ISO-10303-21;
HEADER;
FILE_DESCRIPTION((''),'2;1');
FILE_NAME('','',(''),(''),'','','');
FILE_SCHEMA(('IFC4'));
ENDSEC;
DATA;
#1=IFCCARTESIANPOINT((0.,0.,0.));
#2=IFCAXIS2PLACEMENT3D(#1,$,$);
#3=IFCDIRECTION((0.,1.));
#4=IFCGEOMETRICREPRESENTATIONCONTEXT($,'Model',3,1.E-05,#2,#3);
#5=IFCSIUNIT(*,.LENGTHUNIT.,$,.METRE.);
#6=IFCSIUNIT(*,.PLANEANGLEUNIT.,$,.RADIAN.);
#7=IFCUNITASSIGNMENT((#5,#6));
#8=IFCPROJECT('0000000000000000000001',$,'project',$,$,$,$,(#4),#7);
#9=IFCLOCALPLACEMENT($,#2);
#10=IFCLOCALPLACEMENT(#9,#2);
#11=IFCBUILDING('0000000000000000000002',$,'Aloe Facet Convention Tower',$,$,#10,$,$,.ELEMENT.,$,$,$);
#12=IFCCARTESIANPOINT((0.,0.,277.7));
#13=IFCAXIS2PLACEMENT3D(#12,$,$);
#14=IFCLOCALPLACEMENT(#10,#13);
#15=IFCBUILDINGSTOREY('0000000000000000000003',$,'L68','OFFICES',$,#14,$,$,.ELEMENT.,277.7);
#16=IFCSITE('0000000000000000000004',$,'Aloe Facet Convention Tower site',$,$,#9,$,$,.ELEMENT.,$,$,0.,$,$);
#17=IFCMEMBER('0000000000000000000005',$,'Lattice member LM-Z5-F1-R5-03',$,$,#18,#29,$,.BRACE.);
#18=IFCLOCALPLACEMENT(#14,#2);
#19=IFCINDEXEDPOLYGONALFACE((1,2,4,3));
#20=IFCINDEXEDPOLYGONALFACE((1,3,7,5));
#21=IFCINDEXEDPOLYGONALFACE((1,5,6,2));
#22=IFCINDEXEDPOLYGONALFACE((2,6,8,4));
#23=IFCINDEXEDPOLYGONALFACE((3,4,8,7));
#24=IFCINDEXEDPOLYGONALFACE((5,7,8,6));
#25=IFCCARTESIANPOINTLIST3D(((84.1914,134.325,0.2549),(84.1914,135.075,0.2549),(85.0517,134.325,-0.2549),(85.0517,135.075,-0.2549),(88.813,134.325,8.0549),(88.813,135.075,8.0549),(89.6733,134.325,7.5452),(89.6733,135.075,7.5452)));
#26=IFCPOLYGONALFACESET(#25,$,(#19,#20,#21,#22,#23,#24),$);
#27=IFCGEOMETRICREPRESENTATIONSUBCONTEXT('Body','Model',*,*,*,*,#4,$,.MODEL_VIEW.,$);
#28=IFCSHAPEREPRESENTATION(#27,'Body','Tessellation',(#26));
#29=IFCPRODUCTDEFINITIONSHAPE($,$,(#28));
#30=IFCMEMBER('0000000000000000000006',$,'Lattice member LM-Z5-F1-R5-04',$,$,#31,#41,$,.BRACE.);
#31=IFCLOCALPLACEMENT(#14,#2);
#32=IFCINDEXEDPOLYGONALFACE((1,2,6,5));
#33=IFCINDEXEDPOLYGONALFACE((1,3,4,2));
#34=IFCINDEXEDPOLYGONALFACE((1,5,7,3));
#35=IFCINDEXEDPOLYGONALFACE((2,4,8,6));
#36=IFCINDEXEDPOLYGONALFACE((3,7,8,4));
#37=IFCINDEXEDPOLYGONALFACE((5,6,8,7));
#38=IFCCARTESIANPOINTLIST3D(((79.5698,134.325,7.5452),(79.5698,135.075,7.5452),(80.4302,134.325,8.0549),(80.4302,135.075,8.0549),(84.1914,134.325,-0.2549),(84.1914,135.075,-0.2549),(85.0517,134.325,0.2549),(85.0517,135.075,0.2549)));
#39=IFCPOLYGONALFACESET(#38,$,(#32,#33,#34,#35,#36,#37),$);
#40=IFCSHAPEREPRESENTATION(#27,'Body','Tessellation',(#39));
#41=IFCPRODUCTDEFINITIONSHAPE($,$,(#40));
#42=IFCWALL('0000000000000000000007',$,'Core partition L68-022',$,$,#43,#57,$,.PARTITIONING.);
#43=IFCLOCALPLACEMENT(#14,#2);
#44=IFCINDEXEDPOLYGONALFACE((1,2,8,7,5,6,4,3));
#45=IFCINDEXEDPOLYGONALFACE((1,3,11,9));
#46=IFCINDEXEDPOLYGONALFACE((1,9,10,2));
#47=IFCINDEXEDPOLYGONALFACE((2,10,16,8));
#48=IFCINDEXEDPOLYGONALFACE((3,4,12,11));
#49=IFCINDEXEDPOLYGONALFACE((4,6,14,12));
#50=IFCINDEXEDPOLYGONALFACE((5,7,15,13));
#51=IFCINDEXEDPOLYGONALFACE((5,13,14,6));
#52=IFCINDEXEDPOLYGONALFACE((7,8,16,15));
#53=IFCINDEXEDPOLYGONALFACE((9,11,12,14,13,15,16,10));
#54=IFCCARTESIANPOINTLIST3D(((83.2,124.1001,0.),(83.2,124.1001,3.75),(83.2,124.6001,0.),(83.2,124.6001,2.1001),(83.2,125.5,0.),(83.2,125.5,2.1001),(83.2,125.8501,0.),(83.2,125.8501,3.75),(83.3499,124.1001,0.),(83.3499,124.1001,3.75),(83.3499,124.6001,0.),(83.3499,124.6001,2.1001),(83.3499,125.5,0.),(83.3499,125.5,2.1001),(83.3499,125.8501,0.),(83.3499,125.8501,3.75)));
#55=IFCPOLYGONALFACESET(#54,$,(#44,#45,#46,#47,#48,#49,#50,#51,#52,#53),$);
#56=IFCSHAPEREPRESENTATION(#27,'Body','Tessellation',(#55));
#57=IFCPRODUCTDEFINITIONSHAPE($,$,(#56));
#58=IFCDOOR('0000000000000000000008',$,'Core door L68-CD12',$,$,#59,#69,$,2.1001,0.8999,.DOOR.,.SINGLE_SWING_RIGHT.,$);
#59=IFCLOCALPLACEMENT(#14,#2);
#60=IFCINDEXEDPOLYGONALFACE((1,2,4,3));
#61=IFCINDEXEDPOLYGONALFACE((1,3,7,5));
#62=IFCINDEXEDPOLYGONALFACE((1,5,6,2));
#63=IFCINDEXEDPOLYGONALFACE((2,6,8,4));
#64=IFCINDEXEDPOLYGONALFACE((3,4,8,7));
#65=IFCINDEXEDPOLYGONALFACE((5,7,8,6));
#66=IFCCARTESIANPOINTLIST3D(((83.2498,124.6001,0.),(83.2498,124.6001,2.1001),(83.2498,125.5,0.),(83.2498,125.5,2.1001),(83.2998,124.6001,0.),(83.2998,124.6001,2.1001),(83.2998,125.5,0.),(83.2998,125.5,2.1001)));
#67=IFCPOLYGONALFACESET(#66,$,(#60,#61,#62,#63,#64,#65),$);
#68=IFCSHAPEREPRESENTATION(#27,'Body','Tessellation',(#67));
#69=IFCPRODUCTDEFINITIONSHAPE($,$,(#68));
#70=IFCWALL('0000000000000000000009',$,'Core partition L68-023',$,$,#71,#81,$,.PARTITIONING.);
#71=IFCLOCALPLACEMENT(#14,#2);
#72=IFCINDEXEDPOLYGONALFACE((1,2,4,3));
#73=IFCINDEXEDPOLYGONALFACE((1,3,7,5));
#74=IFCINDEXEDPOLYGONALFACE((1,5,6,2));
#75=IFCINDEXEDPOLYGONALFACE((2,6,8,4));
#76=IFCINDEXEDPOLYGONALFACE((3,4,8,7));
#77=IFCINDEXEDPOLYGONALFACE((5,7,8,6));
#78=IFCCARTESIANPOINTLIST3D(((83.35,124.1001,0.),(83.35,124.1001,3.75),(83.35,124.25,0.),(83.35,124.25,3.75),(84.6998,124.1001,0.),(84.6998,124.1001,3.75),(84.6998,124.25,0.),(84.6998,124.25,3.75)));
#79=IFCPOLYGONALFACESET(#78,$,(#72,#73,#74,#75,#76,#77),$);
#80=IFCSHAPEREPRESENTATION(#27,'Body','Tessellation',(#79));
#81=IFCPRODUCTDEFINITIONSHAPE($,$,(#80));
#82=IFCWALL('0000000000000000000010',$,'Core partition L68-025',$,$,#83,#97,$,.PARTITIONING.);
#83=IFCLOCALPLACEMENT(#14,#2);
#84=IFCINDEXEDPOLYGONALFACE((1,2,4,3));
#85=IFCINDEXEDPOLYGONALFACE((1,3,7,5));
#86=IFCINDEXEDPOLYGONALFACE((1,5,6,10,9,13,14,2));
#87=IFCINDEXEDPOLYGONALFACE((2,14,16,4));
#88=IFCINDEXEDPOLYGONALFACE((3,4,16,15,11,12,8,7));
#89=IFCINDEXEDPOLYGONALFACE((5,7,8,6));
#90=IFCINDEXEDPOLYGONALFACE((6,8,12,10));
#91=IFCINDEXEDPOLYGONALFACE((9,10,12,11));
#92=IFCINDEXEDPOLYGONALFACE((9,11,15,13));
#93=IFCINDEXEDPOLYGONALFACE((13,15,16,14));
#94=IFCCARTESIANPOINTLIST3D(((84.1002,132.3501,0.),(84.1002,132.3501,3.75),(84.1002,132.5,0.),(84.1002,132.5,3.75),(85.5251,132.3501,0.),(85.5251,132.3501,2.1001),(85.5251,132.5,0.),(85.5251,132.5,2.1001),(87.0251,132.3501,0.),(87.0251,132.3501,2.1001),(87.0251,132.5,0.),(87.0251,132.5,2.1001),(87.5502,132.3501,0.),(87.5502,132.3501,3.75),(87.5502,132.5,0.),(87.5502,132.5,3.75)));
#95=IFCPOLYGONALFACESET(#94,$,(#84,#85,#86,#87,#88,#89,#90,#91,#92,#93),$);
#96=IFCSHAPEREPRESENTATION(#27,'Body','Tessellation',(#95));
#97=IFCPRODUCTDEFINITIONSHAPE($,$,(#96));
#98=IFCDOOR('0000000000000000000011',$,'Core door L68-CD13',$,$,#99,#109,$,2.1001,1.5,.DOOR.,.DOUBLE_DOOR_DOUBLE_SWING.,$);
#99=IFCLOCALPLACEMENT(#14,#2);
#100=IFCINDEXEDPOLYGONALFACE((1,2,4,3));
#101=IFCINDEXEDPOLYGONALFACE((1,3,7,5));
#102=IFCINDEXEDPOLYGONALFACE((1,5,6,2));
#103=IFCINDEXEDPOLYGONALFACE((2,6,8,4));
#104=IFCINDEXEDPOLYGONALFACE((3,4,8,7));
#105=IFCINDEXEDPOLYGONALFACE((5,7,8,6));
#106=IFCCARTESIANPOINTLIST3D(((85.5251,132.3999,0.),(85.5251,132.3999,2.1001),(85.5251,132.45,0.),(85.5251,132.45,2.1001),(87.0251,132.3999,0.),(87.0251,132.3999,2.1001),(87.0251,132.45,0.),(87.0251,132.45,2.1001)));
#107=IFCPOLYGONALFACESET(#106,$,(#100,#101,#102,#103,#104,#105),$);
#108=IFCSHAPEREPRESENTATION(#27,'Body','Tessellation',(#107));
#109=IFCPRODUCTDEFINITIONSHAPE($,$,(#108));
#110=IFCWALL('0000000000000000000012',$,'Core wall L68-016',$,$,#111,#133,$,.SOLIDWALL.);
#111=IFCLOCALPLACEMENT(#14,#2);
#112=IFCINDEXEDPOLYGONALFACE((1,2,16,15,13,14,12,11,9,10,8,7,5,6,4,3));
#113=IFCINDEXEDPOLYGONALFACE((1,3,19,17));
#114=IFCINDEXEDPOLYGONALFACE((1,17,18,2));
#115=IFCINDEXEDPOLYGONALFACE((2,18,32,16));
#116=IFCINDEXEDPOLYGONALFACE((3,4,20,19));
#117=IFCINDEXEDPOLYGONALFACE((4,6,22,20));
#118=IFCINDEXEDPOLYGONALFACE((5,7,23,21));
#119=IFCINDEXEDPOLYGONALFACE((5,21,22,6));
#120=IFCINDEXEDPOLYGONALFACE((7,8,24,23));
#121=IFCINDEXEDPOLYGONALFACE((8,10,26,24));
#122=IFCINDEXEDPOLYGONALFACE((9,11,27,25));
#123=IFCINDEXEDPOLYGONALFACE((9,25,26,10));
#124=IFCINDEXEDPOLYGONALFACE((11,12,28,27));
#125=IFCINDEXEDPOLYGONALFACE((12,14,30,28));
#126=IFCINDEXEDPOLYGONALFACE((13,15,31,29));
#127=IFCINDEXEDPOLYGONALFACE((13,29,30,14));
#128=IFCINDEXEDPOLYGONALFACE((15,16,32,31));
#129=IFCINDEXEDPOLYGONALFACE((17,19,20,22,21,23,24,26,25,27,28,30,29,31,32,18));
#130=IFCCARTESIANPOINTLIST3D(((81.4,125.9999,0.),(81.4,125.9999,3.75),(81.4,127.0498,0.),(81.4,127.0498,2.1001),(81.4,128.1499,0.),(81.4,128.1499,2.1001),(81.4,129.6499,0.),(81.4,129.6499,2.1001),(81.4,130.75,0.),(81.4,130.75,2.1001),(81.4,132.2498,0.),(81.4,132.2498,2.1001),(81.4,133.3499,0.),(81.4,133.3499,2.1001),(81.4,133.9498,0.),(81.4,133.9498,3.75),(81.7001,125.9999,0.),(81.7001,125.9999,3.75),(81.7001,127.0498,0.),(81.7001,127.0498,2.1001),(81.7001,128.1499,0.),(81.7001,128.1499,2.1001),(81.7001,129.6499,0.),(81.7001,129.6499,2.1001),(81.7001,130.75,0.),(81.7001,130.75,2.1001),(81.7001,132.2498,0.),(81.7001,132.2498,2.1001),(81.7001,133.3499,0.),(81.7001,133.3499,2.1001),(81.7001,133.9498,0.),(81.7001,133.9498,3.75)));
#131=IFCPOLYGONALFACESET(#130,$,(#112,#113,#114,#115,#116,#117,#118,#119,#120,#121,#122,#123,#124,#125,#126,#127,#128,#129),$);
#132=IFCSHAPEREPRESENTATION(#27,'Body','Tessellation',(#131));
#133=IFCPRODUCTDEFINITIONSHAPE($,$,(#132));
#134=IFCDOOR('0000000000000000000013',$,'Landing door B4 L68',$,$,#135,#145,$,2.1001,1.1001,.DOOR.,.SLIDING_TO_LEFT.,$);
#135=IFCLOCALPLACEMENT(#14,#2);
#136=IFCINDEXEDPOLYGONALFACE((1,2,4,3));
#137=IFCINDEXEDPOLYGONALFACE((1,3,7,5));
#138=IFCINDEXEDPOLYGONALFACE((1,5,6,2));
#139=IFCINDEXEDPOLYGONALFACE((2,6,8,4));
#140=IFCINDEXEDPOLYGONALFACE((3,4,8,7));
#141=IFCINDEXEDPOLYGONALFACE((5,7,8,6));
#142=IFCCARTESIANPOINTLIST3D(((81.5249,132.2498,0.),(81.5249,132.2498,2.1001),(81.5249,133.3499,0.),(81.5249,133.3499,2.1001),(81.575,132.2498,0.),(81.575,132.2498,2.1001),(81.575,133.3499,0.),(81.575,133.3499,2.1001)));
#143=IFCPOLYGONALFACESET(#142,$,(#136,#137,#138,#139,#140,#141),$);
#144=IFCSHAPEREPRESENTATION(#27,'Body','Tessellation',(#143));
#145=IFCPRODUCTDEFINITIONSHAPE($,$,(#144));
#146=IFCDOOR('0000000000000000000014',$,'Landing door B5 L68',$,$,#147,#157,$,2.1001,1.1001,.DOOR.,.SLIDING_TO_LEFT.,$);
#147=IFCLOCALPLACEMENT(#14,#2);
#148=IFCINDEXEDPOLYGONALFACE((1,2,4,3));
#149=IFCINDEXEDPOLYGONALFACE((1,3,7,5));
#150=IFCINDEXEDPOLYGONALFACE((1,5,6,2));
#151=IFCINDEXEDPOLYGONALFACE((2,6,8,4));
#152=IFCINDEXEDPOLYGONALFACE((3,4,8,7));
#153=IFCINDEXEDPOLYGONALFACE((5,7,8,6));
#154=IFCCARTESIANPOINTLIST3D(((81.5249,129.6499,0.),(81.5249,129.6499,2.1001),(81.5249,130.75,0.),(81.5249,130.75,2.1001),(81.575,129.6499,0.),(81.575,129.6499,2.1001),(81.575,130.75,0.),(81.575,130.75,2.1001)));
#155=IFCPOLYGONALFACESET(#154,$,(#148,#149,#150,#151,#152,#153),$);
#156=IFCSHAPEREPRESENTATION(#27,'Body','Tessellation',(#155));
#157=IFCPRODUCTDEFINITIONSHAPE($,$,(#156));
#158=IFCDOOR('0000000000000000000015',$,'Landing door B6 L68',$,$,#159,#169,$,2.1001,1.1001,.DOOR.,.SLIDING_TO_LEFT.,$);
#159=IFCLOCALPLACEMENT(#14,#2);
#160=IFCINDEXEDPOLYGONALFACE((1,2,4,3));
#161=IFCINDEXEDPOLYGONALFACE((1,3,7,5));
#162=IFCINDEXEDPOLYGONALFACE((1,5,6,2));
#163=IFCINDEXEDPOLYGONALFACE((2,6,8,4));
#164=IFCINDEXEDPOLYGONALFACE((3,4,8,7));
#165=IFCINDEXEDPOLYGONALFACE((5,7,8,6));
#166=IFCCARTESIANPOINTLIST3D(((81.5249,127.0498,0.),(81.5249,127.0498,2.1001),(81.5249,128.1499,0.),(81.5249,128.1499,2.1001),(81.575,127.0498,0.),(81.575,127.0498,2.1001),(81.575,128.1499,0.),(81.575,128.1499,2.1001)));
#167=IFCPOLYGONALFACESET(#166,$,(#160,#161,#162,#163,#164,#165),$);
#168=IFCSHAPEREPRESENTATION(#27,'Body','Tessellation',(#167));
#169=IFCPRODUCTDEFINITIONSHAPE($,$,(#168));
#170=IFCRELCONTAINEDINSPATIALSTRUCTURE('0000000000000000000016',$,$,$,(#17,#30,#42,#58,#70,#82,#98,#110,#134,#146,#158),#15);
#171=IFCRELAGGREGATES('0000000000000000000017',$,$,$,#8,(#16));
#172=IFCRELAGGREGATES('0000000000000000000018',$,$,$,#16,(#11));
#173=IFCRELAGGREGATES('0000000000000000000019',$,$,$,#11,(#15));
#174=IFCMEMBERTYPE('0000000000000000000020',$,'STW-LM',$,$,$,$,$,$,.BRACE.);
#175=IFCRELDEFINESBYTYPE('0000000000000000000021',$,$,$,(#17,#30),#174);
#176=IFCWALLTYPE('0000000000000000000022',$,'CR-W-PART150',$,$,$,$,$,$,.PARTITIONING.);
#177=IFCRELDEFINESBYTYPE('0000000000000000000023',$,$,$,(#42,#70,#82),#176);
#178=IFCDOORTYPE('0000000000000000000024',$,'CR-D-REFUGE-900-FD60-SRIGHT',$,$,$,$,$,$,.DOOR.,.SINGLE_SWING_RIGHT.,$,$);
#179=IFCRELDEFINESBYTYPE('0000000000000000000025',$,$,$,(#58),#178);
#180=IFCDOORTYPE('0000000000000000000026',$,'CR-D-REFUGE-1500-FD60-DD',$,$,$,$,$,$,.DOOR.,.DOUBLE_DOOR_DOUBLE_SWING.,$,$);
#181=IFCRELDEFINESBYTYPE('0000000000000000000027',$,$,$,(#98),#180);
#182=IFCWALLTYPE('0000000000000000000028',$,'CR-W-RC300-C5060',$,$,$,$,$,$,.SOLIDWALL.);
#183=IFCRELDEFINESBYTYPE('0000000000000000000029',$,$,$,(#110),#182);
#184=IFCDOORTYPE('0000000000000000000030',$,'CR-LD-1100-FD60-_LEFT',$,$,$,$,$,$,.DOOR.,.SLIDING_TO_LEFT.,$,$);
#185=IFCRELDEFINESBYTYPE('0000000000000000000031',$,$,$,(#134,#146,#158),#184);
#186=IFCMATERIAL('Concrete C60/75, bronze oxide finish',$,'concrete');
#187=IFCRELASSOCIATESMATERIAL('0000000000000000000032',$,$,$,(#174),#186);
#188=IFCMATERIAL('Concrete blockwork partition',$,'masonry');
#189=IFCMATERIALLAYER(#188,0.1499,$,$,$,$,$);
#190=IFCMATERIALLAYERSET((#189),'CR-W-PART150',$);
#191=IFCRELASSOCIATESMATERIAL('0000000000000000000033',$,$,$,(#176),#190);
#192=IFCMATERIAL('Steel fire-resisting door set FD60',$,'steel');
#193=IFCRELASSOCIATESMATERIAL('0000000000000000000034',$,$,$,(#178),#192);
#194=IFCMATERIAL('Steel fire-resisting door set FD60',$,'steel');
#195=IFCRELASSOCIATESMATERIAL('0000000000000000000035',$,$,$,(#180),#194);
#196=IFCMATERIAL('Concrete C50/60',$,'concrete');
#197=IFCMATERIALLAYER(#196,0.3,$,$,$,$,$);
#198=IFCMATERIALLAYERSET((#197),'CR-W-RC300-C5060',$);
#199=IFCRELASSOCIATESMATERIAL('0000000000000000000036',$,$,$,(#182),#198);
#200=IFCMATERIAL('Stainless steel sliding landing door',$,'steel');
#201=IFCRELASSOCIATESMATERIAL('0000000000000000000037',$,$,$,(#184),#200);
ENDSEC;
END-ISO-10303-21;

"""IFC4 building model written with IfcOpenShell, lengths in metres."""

from ifc_helpers import new_model, si_unit, direction, frame, frame_2d, origin, origin_2d, place, context, subcontext, project, spatial, rectangle, extrude, material, layer, layer_set, material_profile, profile_set, type_object, element, fill, save


model = new_model("IFC4")

# Units and contexts
model_context = context("Model", 3, precision=1e-05, world=origin(), true_north=direction((0.0, 1.0)))
body_context = subcontext(model_context, "Body", "Model", "MODEL_VIEW")
ifc_project = project(units=[si_unit("LENGTHUNIT", "METRE"), si_unit("PLANEANGLEUNIT", "RADIAN")], contexts=[model_context])

# Site, building, storey
site_placement = place(None, origin())
site = spatial("IfcSite", under=ifc_project, at=site_placement, Name="Aloe Facet Convention Tower site", CompositionType="ELEMENT", RefElevation=0.0)
building_placement = place(site_placement, origin())
building = spatial("IfcBuilding", under=site, at=building_placement, Name="Aloe Facet Convention Tower", CompositionType="ELEMENT")
storey_placement = place(building_placement, frame((0.0, 0.0, 277.7)))
storey = spatial("IfcBuildingStorey", under=building, at=storey_placement, Name="L68", Description="OFFICES", CompositionType="ELEMENT", Elevation=277.7)

# Members
ifc_material_1 = material(Name="Concrete C60/75, bronze oxide finish", Category="concrete")
ifc_material_profile = material_profile(ifc_material_1, rectangle(XDim=0.75, YDim=1.0, at=origin_2d()), Name="STW-LM")
ifc_profile_set = profile_set([ifc_material_profile], Name="Concrete C60/75, bronze oxide finish")
member_type = type_object("IfcMemberType", Name="STW-LM", PredefinedType="BRACE", material=ifc_profile_set)
for number, where, z_axis, x_axis, name in (
    (1, (84.6216, 134.7, 0.0), (0.509748, 0.0, 0.860324), (0.0, 1.0, 0.0), "Lattice member LM-Z5-F1-R5-03"),
    (2, (84.6216, 134.7, 0.0), (-0.509748, 0.0, 0.860324), (0.0, -1.0, 0.0), "Lattice member LM-Z5-F1-R5-04"),
):
    element("IfcMember", number, at=place(storey_placement, frame(where, z_axis=z_axis, x_axis=x_axis)), inside=storey, type_object=member_type, Name=name, PredefinedType="BRACE", context=body_context, shape_type="SweptSolid", body=[
        extrude(rectangle(XDim=0.75, YDim=1.0, at=origin_2d()), origin(), (0.0, 0.0, 1.0), 9.0664),
    ])

# Wall, opening, door
ifc_material_2 = material(Name="Concrete blockwork partition", Category="masonry")
ifc_layer_1 = layer(ifc_material_2, 0.1499)
ifc_layer_set_1 = layer_set([ifc_layer_1], Name="CR-W-PART150")
wall_type_1 = type_object("IfcWallType", Name="CR-W-PART150", PredefinedType="PARTITIONING", material=ifc_layer_set_1)
wall_1_placement = place(storey_placement, frame((83.2749, 125.8501, 0.0), z_axis=(0.0, 0.0, 1.0), x_axis=(0.0, -1.0, 0.0)))
wall_1 = element("IfcWall", 3, at=wall_1_placement, inside=storey, type_object=wall_type_1, Name="Core partition L68-022", PredefinedType="PARTITIONING", context=body_context, shape_type="SweptSolid", body=[
    extrude(rectangle(XDim=1.75, YDim=0.1499, at=frame_2d((0.875, 0.0))), origin(), (0.0, 0.0, 1.0), 3.75),
])
opening_1_placement = place(wall_1_placement, frame((0.3501, 0.0, 0.0)))
opening_1 = element("IfcOpeningElement", 4, at=opening_1_placement, cuts=wall_1, PredefinedType="OPENING", context=body_context, shape_type="SweptSolid", body=[
    extrude(rectangle(XDim=0.8999, YDim=2.1001, at=frame_2d((0.45, 1.05))), frame((0.0, 0.085, 0.0), z_axis=(0.0, -1.0, 0.0), x_axis=(1.0, 0.0, 0.0)), (0.0, 0.0, 1.0), 0.1699),
])
ifc_material_3 = material(Name="Steel fire-resisting door set FD60", Category="steel")
door_type_1 = type_object("IfcDoorType", Name="CR-D-REFUGE-900-FD60-SRIGHT", OperationType="SINGLE_SWING_RIGHT", PredefinedType="DOOR", material=ifc_material_3)
door_1_placement = place(opening_1_placement, origin())
door_1 = element("IfcDoor", 5, at=door_1_placement, inside=storey, type_object=door_type_1, Name="Core door L68-CD12", OperationType="SINGLE_SWING_RIGHT", OverallHeight=2.1001, OverallWidth=0.8999, PredefinedType="DOOR", context=body_context, shape_type="SweptSolid", body=[
    extrude(rectangle(XDim=0.8999, YDim=2.1001, at=frame_2d((0.45, 1.05))), frame((0.0, 0.0249, 0.0), z_axis=(0.0, -1.0, 0.0), x_axis=(1.0, 0.0, 0.0)), (0.0, 0.0, 1.0), 0.05),
])
fill(opening_1, door_1)

# Wall
wall_2_placement = place(storey_placement, frame((83.3501, 124.175, 0.0), z_axis=(0.0, 0.0, 1.0), x_axis=(1.0, 0.0, 0.0)))
element("IfcWall", 6, at=wall_2_placement, inside=storey, type_object=wall_type_1, Name="Core partition L68-023", PredefinedType="PARTITIONING", context=body_context, shape_type="SweptSolid", body=[
    extrude(rectangle(XDim=1.3499, YDim=0.1499, at=frame_2d((0.6748, 0.0))), origin(), (0.0, 0.0, 1.0), 3.75),
])

# Wall, opening, door
wall_3_placement = place(storey_placement, frame((84.1001, 132.425, 0.0), z_axis=(0.0, 0.0, 1.0), x_axis=(1.0, 0.0, 0.0)))
wall_3 = element("IfcWall", 7, at=wall_3_placement, inside=storey, type_object=wall_type_1, Name="Core partition L68-025", PredefinedType="PARTITIONING", context=body_context, shape_type="SweptSolid", body=[
    extrude(rectangle(XDim=3.45, YDim=0.1499, at=frame_2d((1.7251, 0.0))), origin(), (0.0, 0.0, 1.0), 3.75),
])
opening_2_placement = place(wall_3_placement, frame((1.425, 0.0, 0.0)))
opening_2 = element("IfcOpeningElement", 8, at=opening_2_placement, cuts=wall_3, PredefinedType="OPENING", context=body_context, shape_type="SweptSolid", body=[
    extrude(rectangle(XDim=1.5, YDim=2.1001, at=frame_2d((0.75, 1.05))), frame((0.0, 0.085, 0.0), z_axis=(0.0, -1.0, 0.0), x_axis=(1.0, 0.0, 0.0)), (0.0, 0.0, 1.0), 0.1699),
])
ifc_material_4 = material(Name="Steel fire-resisting door set FD60", Category="steel")
door_type_2 = type_object("IfcDoorType", Name="CR-D-REFUGE-1500-FD60-DD", OperationType="DOUBLE_DOOR_DOUBLE_SWING", PredefinedType="DOOR", material=ifc_material_4)
door_2_placement = place(opening_2_placement, origin())
door_2 = element("IfcDoor", 9, at=door_2_placement, inside=storey, type_object=door_type_2, Name="Core door L68-CD13", OperationType="DOUBLE_DOOR_DOUBLE_SWING", OverallHeight=2.1001, OverallWidth=1.5, PredefinedType="DOOR", context=body_context, shape_type="SweptSolid", body=[
    extrude(rectangle(XDim=1.5, YDim=2.1001, at=frame_2d((0.75, 1.05))), frame((0.0, 0.0249, 0.0), z_axis=(0.0, -1.0, 0.0), x_axis=(1.0, 0.0, 0.0)), (0.0, 0.0, 1.0), 0.05),
])
fill(opening_2, door_2)

# Wall, openings, doors
ifc_material_5 = material(Name="Concrete C50/60", Category="concrete")
ifc_layer_2 = layer(ifc_material_5, 0.3)
ifc_layer_set_2 = layer_set([ifc_layer_2], Name="CR-W-RC300-C5060")
wall_type_2 = type_object("IfcWallType", Name="CR-W-RC300-C5060", PredefinedType="SOLIDWALL", material=ifc_layer_set_2)
wall_4_placement = place(storey_placement, frame((81.55, 133.95, 0.0), z_axis=(0.0, 0.0, 1.0), x_axis=(0.0, -1.0, 0.0)))
wall_4 = element("IfcWall", 10, at=wall_4_placement, inside=storey, type_object=wall_type_2, Name="Core wall L68-016", PredefinedType="SOLIDWALL", context=body_context, shape_type="SweptSolid", body=[
    extrude(rectangle(XDim=7.95, YDim=0.3, at=frame_2d((3.9751, 0.0))), origin(), (0.0, 0.0, 1.0), 3.75),
])
opening_3_placement = place(wall_4_placement, frame((0.6001, 0.0, 0.0)))
opening_3 = element("IfcOpeningElement", 11, at=opening_3_placement, cuts=wall_4, PredefinedType="OPENING", context=body_context, shape_type="SweptSolid", body=[
    extrude(rectangle(XDim=1.1001, YDim=2.1001, at=frame_2d((0.55, 1.05))), frame((0.0, 0.1602, 0.0), z_axis=(0.0, -1.0, 0.0), x_axis=(1.0, 0.0, 0.0)), (0.0, 0.0, 1.0), 0.3201),
])
opening_4_placement = place(wall_4_placement, frame((3.2, 0.0, 0.0)))
opening_4 = element("IfcOpeningElement", 12, at=opening_4_placement, cuts=wall_4, PredefinedType="OPENING", context=body_context, shape_type="SweptSolid", body=[
    extrude(rectangle(XDim=1.1001, YDim=2.1001, at=frame_2d((0.55, 1.05))), frame((0.0, 0.1602, 0.0), z_axis=(0.0, -1.0, 0.0), x_axis=(1.0, 0.0, 0.0)), (0.0, 0.0, 1.0), 0.3201),
])
opening_5_placement = place(wall_4_placement, frame((5.8, 0.0, 0.0)))
opening_5 = element("IfcOpeningElement", 13, at=opening_5_placement, cuts=wall_4, PredefinedType="OPENING", context=body_context, shape_type="SweptSolid", body=[
    extrude(rectangle(XDim=1.1001, YDim=2.1001, at=frame_2d((0.55, 1.05))), frame((0.0, 0.1602, 0.0), z_axis=(0.0, -1.0, 0.0), x_axis=(1.0, 0.0, 0.0)), (0.0, 0.0, 1.0), 0.3201),
])
ifc_material_6 = material(Name="Stainless steel sliding landing door", Category="steel")
door_type_3 = type_object("IfcDoorType", Name="CR-LD-1100-FD60-_LEFT", OperationType="SLIDING_TO_LEFT", PredefinedType="DOOR", material=ifc_material_6)
door_3_placement = place(opening_3_placement, origin())
door_3 = element("IfcDoor", 14, at=door_3_placement, inside=storey, type_object=door_type_3, Name="Landing door B4 L68", OperationType="SLIDING_TO_LEFT", OverallHeight=2.1001, OverallWidth=1.1001, PredefinedType="DOOR", context=body_context, shape_type="SweptSolid", body=[
    extrude(rectangle(XDim=1.1001, YDim=2.1001, at=frame_2d((0.55, 1.05))), frame((0.0, 0.0249, 0.0), z_axis=(0.0, -1.0, 0.0), x_axis=(1.0, 0.0, 0.0)), (0.0, 0.0, 1.0), 0.05),
])
fill(opening_3, door_3)
door_4_placement = place(opening_4_placement, origin())
door_4 = element("IfcDoor", 15, at=door_4_placement, inside=storey, type_object=door_type_3, Name="Landing door B5 L68", OperationType="SLIDING_TO_LEFT", OverallHeight=2.1001, OverallWidth=1.1001, PredefinedType="DOOR", context=body_context, shape_type="SweptSolid", body=[
    extrude(rectangle(XDim=1.1001, YDim=2.1001, at=frame_2d((0.55, 1.05))), frame((0.0, 0.0249, 0.0), z_axis=(0.0, -1.0, 0.0), x_axis=(1.0, 0.0, 0.0)), (0.0, 0.0, 1.0), 0.05),
])
fill(opening_4, door_4)
door_5_placement = place(opening_5_placement, origin())
door_5 = element("IfcDoor", 16, at=door_5_placement, inside=storey, type_object=door_type_3, Name="Landing door B6 L68", OperationType="SLIDING_TO_LEFT", OverallHeight=2.1001, OverallWidth=1.1001, PredefinedType="DOOR", context=body_context, shape_type="SweptSolid", body=[
    extrude(rectangle(XDim=1.1001, YDim=2.1001, at=frame_2d((0.55, 1.05))), frame((0.0, 0.0249, 0.0), z_axis=(0.0, -1.0, 0.0), x_axis=(1.0, 0.0, 0.0)), (0.0, 0.0, 1.0), 0.05),
])
fill(opening_5, door_5)

save(model, "model.ifc")
